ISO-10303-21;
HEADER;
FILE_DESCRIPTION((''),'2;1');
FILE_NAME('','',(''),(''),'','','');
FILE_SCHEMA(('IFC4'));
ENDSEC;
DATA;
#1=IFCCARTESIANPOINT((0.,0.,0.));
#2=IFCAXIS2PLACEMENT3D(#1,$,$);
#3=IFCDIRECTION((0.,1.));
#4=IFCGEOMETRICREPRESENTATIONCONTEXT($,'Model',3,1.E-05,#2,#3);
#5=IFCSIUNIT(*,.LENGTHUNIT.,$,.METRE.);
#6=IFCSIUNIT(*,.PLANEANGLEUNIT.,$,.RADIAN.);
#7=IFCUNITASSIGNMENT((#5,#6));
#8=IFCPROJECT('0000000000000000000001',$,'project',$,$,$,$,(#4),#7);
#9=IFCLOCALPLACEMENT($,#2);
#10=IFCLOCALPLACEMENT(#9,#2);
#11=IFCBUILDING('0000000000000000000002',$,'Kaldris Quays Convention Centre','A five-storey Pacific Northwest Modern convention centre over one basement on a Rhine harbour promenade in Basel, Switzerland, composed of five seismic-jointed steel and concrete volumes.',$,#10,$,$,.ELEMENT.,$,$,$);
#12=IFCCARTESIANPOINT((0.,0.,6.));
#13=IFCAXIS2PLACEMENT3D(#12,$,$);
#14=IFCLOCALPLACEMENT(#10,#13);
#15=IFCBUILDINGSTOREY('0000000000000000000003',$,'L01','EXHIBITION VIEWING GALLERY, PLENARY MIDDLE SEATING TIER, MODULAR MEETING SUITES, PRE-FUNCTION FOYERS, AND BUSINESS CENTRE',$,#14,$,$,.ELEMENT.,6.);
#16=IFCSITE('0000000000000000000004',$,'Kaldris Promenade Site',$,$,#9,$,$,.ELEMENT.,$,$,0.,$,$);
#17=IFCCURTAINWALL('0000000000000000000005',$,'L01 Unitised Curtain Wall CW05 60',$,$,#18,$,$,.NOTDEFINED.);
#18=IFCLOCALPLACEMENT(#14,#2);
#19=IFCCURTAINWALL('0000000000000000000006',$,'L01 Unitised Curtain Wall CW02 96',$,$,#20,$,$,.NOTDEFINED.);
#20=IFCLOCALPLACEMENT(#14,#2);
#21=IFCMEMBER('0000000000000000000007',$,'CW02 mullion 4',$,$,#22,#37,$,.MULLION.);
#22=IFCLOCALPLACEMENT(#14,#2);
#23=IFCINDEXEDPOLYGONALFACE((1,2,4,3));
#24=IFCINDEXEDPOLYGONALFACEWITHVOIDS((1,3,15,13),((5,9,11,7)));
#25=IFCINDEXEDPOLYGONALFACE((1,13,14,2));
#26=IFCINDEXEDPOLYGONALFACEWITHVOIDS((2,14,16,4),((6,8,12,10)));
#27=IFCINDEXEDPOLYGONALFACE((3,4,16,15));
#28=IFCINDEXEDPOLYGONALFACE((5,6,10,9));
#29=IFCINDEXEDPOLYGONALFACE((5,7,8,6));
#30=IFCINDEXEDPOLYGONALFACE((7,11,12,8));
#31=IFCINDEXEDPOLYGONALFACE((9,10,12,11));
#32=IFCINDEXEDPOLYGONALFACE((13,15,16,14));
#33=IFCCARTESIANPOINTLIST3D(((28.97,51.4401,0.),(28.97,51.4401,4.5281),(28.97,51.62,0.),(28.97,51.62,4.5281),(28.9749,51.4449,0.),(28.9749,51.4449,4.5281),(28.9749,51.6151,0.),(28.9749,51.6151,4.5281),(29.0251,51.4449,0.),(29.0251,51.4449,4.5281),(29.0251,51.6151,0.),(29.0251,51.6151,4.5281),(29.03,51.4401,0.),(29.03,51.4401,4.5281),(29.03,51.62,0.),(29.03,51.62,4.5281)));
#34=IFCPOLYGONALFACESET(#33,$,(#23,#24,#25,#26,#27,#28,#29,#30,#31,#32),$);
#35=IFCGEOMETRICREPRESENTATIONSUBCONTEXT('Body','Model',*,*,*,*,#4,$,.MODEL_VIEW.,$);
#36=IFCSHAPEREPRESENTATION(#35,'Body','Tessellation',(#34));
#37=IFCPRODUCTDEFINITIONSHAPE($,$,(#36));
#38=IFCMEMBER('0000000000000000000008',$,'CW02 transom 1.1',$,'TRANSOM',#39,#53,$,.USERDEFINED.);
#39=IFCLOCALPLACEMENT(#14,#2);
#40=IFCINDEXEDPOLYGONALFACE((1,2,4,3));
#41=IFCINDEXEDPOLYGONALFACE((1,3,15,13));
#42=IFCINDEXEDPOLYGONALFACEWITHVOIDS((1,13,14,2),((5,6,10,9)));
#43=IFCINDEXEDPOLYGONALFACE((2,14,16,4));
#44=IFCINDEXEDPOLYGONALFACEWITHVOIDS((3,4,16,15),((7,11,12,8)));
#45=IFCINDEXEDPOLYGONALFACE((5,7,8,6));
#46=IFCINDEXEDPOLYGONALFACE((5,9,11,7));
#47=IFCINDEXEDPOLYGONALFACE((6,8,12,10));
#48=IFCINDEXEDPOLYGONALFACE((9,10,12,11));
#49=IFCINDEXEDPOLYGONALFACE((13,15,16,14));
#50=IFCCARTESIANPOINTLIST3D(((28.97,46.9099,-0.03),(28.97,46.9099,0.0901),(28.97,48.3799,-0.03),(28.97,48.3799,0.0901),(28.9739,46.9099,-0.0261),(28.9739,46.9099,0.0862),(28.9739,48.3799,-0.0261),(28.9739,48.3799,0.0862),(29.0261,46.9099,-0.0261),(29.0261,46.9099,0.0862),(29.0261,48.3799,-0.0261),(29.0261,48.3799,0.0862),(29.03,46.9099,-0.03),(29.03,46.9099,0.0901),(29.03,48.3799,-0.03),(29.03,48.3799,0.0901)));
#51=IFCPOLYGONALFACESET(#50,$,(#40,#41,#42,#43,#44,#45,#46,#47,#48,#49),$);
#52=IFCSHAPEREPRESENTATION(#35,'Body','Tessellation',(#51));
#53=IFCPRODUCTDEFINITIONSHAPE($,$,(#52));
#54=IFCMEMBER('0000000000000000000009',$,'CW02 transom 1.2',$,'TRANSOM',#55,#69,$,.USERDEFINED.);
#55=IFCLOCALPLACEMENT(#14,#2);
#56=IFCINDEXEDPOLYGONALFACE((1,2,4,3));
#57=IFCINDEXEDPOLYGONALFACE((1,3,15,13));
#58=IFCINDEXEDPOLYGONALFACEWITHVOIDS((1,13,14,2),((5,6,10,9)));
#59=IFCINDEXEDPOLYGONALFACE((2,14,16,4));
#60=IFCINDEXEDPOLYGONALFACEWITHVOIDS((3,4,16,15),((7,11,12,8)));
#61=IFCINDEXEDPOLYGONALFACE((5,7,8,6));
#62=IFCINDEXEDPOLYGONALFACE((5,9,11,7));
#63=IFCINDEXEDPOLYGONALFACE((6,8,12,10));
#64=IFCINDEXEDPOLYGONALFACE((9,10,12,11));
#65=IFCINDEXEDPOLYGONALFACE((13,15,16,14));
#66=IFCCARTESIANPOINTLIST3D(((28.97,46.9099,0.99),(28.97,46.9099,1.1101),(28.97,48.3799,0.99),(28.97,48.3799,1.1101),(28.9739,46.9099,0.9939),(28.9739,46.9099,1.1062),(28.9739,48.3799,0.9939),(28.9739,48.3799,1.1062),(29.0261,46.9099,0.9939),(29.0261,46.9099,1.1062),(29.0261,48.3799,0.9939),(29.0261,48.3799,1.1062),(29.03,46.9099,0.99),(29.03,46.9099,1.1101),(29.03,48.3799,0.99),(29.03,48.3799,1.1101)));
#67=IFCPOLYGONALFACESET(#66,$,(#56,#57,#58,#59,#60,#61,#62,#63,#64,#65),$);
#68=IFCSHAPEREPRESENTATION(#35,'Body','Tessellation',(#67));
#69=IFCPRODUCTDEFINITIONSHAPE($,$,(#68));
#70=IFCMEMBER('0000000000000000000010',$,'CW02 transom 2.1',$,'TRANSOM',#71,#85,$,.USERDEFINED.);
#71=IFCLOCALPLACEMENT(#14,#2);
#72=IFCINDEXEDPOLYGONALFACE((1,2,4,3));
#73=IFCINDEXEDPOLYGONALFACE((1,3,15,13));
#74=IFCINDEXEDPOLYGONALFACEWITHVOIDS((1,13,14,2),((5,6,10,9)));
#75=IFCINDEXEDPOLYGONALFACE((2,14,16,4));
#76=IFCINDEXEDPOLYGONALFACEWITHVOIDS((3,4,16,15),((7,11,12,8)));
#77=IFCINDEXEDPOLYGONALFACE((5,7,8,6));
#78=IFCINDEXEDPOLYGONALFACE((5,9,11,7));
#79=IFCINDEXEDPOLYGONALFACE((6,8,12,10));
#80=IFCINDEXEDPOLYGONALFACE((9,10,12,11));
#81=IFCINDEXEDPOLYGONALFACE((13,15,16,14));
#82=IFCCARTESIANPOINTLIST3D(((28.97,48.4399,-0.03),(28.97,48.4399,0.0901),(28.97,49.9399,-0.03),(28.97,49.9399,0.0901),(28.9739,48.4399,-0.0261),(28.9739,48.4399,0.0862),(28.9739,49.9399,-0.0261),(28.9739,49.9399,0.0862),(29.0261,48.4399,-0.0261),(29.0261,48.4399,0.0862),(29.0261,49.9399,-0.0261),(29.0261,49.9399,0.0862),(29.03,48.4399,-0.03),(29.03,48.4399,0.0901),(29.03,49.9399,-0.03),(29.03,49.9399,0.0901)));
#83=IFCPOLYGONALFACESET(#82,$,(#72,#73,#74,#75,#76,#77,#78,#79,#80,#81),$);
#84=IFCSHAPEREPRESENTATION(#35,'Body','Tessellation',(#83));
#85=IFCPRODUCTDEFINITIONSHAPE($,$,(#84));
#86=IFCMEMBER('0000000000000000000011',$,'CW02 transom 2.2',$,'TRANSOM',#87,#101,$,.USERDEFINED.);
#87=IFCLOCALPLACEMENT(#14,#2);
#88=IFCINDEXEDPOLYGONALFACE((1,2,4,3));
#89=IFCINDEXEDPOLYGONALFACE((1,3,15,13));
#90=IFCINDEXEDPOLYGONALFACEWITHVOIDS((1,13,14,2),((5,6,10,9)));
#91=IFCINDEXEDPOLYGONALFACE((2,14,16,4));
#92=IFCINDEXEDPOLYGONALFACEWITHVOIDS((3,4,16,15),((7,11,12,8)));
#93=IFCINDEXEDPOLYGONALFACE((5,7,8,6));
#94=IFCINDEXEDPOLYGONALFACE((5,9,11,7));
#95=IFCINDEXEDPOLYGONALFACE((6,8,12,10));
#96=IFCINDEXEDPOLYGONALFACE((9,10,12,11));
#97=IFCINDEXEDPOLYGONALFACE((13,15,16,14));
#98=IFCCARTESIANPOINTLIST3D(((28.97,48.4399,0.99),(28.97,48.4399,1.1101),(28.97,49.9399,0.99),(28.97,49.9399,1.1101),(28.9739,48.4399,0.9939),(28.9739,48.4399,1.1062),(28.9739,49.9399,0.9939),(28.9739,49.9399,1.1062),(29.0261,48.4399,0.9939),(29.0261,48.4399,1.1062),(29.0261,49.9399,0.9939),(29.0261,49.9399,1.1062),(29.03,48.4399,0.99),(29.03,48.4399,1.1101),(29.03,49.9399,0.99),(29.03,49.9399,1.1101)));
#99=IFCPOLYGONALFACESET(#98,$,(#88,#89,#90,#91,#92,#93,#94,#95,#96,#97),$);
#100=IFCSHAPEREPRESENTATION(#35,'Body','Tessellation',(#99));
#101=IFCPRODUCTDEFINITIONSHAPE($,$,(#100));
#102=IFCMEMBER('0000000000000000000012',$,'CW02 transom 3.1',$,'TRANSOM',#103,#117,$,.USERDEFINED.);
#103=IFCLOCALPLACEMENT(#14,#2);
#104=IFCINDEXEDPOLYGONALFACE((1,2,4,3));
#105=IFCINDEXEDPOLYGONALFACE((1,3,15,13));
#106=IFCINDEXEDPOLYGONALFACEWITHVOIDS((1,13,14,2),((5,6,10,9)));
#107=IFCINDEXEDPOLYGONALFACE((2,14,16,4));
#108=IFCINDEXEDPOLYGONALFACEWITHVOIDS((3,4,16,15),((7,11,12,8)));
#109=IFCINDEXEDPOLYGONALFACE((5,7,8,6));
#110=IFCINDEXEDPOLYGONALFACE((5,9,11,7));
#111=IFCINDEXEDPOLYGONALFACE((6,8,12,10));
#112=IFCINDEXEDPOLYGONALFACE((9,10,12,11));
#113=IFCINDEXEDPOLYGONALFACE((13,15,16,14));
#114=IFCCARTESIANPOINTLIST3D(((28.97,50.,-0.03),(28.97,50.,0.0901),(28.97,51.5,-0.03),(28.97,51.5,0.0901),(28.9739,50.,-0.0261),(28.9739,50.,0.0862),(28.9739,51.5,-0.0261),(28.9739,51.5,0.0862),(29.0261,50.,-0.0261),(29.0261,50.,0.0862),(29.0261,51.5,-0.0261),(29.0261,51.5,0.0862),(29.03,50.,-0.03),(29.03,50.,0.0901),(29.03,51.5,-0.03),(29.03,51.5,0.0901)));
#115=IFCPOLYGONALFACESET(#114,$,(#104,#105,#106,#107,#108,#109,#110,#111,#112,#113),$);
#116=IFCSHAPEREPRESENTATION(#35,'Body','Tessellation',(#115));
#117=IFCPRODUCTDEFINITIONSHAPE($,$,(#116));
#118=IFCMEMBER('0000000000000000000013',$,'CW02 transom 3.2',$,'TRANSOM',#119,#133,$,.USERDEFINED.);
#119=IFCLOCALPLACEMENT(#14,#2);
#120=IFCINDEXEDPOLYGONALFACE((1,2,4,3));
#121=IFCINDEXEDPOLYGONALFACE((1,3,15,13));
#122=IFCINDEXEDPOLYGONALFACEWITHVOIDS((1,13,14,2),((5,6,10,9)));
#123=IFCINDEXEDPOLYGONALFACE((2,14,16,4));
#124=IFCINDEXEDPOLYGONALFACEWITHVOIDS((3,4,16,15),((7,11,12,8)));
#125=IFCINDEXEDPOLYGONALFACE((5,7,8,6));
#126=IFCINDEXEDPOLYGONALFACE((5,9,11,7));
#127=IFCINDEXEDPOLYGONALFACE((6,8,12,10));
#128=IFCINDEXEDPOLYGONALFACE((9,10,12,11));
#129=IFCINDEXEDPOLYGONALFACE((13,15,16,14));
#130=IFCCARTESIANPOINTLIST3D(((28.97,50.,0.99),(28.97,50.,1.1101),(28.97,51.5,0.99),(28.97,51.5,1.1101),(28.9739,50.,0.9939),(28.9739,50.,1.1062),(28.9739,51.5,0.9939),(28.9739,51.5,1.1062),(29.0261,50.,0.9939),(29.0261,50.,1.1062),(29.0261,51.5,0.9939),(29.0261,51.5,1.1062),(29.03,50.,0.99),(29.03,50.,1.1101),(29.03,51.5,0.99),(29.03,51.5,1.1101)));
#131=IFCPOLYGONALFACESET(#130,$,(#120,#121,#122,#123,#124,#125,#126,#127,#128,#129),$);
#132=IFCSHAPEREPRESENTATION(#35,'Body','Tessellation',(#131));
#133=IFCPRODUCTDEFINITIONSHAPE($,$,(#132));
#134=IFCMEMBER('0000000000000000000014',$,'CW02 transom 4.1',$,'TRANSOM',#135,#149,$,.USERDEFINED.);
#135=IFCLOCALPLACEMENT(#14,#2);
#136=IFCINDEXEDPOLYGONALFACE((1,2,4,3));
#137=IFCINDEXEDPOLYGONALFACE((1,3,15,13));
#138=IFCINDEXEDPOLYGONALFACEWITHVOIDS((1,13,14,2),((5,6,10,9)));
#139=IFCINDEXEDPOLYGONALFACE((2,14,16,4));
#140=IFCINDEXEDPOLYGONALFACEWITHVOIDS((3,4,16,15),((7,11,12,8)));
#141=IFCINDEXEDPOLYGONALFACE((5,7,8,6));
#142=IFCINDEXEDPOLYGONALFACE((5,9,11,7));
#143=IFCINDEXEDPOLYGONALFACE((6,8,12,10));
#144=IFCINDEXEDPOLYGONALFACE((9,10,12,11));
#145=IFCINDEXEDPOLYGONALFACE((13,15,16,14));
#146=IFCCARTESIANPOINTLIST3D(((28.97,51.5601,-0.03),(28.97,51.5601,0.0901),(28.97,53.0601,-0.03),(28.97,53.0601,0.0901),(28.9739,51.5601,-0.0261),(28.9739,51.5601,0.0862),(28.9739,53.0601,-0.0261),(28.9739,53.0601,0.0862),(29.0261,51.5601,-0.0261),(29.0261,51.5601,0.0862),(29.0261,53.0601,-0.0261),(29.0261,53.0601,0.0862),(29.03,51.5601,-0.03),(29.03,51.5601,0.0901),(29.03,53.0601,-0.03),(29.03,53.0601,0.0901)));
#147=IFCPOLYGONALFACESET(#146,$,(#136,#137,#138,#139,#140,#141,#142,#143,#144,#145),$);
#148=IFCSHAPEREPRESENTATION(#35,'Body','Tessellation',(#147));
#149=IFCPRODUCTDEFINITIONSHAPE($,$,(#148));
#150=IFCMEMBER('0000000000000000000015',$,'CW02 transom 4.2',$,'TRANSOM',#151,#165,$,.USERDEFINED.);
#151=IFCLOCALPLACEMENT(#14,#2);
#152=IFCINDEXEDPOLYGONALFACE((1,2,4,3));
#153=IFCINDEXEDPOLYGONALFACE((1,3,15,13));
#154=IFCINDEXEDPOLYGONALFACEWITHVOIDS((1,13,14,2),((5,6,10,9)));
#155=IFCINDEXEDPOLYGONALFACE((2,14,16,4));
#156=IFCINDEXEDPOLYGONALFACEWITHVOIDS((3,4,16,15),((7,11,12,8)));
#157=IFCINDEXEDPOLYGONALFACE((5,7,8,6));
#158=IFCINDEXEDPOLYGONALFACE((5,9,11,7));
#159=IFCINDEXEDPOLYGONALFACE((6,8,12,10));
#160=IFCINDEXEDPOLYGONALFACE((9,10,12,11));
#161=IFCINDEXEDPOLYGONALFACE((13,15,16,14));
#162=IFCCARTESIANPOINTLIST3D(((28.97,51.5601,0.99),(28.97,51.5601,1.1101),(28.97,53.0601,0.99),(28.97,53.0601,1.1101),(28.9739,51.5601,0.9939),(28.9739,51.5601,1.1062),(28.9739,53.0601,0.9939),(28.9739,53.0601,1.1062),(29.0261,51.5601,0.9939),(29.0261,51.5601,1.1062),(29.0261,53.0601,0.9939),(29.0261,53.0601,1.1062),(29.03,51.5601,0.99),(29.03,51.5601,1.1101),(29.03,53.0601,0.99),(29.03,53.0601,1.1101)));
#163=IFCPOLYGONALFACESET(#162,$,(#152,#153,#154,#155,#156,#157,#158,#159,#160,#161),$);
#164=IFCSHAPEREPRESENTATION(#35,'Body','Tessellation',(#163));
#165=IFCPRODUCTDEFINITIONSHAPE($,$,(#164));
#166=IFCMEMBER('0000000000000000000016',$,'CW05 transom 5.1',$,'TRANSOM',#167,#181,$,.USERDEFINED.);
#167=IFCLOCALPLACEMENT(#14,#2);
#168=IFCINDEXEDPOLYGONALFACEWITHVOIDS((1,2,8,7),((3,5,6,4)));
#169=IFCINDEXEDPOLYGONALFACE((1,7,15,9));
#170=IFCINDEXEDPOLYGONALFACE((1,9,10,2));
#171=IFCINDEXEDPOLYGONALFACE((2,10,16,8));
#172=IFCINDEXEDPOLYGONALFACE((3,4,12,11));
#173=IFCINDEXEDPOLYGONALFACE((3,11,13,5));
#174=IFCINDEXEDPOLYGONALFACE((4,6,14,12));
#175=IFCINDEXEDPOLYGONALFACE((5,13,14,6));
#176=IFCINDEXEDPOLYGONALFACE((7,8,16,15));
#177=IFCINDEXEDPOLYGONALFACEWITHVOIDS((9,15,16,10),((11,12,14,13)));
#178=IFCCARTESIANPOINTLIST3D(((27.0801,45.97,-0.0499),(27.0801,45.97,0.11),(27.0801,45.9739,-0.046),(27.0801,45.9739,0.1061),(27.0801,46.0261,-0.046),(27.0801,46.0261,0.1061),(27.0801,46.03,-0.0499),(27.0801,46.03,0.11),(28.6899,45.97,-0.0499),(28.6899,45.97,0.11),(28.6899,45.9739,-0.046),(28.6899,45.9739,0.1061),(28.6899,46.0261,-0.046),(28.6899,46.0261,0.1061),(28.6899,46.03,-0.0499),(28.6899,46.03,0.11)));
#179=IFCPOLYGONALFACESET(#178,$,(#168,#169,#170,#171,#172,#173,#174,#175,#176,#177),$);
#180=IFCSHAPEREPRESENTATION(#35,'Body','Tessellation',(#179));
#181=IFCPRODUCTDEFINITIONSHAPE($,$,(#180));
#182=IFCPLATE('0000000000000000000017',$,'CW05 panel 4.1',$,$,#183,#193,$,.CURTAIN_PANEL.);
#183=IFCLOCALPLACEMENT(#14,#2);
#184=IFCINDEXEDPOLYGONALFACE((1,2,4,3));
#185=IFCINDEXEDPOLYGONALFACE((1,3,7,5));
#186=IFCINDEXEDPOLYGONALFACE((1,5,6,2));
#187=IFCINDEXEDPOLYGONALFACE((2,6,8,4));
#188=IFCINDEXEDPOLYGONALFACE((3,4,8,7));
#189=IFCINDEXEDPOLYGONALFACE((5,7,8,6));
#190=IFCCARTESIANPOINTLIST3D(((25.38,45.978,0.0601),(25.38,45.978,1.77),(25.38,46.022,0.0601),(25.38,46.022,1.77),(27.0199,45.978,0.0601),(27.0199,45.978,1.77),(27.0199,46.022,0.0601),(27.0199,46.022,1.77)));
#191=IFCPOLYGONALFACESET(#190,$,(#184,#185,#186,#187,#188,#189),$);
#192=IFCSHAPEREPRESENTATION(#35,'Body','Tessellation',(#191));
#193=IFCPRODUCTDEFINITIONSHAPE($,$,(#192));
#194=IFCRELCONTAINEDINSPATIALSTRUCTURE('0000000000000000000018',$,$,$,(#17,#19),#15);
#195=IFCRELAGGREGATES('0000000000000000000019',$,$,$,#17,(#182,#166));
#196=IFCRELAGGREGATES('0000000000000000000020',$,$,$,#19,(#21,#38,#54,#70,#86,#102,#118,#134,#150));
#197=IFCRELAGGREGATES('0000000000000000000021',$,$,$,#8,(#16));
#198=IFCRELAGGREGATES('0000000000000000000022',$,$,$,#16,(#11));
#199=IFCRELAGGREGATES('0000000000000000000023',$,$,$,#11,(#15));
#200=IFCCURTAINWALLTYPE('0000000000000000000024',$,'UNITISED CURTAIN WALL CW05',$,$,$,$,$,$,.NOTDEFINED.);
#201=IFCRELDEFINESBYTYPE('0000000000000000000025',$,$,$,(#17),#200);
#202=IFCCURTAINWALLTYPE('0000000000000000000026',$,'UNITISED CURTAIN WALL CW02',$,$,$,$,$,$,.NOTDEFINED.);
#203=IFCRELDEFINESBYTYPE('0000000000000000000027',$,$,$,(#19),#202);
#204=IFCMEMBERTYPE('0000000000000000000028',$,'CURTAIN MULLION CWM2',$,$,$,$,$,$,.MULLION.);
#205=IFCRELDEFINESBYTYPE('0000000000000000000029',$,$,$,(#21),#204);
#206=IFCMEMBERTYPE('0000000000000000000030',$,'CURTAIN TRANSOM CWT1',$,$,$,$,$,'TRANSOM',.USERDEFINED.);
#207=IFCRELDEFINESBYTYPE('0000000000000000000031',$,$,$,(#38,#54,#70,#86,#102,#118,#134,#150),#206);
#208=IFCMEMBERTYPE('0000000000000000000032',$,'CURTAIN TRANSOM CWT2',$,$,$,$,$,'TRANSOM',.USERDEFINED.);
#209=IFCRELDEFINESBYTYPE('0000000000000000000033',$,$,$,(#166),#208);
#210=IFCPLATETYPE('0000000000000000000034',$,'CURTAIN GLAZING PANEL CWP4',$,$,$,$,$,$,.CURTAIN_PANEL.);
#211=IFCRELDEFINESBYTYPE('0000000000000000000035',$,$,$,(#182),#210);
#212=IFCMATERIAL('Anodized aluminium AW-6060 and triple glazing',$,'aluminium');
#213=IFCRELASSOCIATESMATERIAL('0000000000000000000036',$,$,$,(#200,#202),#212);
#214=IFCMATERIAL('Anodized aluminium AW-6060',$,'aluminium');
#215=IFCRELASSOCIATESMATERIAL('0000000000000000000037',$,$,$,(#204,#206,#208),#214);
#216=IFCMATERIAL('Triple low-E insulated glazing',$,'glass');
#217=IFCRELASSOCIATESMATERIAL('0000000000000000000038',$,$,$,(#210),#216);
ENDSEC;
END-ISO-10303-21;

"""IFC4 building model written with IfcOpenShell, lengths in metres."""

from ifc_helpers import new_model, si_unit, direction, frame, origin, origin_2d, place, context, subcontext, project, spatial, rectangle, hollow_rectangle, extrude, material, material_profile, profile_set, type_object, element, aggregate, save


model = new_model("IFC4")

# Units and contexts
model_context = context("Model", 3, precision=1e-05, world=origin(), true_north=direction((0.0, 1.0)))
body_context = subcontext(model_context, "Body", "Model", "MODEL_VIEW")
ifc_project = project(units=[si_unit("LENGTHUNIT", "METRE"), si_unit("PLANEANGLEUNIT", "RADIAN")], contexts=[model_context])

# Site, building, storey
site_placement = place(None, origin())
site = spatial("IfcSite", under=ifc_project, at=site_placement, Name="Kaldris Promenade Site", CompositionType="ELEMENT", RefElevation=0.0)
building_placement = place(site_placement, origin())
building = spatial("IfcBuilding", under=site, at=building_placement, Name="Kaldris Quays Convention Centre", Description="A five-storey Pacific Northwest Modern convention centre over one basement on a Rhine harbour promenade in Basel, Switzerland, composed of five seismic-jointed steel and concrete volumes.", CompositionType="ELEMENT")
storey_placement = place(building_placement, frame((0.0, 0.0, 6.0)))
storey = spatial("IfcBuildingStorey", under=building, at=storey_placement, Name="L01", Description="EXHIBITION VIEWING GALLERY, PLENARY MIDDLE SEATING TIER, MODULAR MEETING SUITES, PRE-FUNCTION FOYERS, AND BUSINESS CENTRE", CompositionType="ELEMENT", Elevation=6.0)

# Curtain walls, members
ifc_material_1 = material(Name="Anodized aluminium AW-6060 and triple glazing", Category="aluminium")
curtain_wall_type_1 = type_object("IfcCurtainWallType", Name="UNITISED CURTAIN WALL CW05", PredefinedType="NOTDEFINED", material=ifc_material_1)
curtain_wall_1_placement = place(storey_placement, origin())
curtain_wall_1 = element("IfcCurtainWall", 1, at=curtain_wall_1_placement, inside=storey, type_object=curtain_wall_type_1, Name="L01 Unitised Curtain Wall CW05 60", PredefinedType="NOTDEFINED")
ifc_material_2 = material(Name="Anodized aluminium AW-6060", Category="aluminium")
curtain_wall_type_2 = type_object("IfcCurtainWallType", Name="UNITISED CURTAIN WALL CW02", PredefinedType="NOTDEFINED", material=ifc_material_1)
curtain_wall_2_placement = place(storey_placement, origin())
curtain_wall_2 = element("IfcCurtainWall", 2, at=curtain_wall_2_placement, inside=storey, type_object=curtain_wall_type_2, Name="L01 Unitised Curtain Wall CW02 96", PredefinedType="NOTDEFINED")
ifc_material_profile_1 = material_profile(ifc_material_2, hollow_rectangle(XDim=0.0601, YDim=0.1799, WallThickness=0.0049, at=origin_2d()), Name="RHS 180x60x5")
ifc_profile_set_1 = profile_set([ifc_material_profile_1], Name="Anodized aluminium AW-6060")
member_type_1 = type_object("IfcMemberType", Name="CURTAIN MULLION CWM2", PredefinedType="MULLION", material=ifc_profile_set_1)
member_1_placement = place(storey_placement, frame((29.0, 51.53, 0.0), z_axis=(0.0, 0.0, 1.0), x_axis=(-1.0, 0.0, 0.0)))
member_1 = element("IfcMember", 3, at=member_1_placement, type_object=member_type_1, Name="CW02 mullion 4", PredefinedType="MULLION", context=body_context, shape_type="SweptSolid", body=[
    extrude(hollow_rectangle(XDim=0.0601, YDim=0.1799, WallThickness=0.0049, at=origin_2d()), origin(), (0.0, 0.0, 1.0), 4.5281),
])
ifc_material_profile_2 = material_profile(ifc_material_2, hollow_rectangle(XDim=0.0601, YDim=0.1201, WallThickness=0.0039, at=origin_2d()), Name="RHS 120x60x4")
ifc_profile_set_2 = profile_set([ifc_material_profile_2], Name="Anodized aluminium AW-6060")
member_type_2 = type_object("IfcMemberType", Name="CURTAIN TRANSOM CWT1", ElementType="TRANSOM", PredefinedType="USERDEFINED", material=ifc_profile_set_2)
member_2_placement = place(storey_placement, frame((29.0, 46.9099, 0.03), z_axis=(0.0, 1.0, 0.0), x_axis=(-1.0, 0.0, 0.0)))
member_2 = element("IfcMember", 4, at=member_2_placement, type_object=member_type_2, Name="CW02 transom 1.1", ObjectType="TRANSOM", PredefinedType="USERDEFINED", context=body_context, shape_type="SweptSolid", body=[
    extrude(hollow_rectangle(XDim=0.0601, YDim=0.1201, WallThickness=0.0039, at=origin_2d()), origin(), (0.0, 0.0, 1.0), 1.47),
])
member_3_placement = place(storey_placement, frame((29.0, 46.9099, 1.05), z_axis=(0.0, 1.0, 0.0), x_axis=(-1.0, 0.0, 0.0)))
member_3 = element("IfcMember", 5, at=member_3_placement, type_object=member_type_2, Name="CW02 transom 1.2", ObjectType="TRANSOM", PredefinedType="USERDEFINED", context=body_context, shape_type="SweptSolid", body=[
    extrude(hollow_rectangle(XDim=0.0601, YDim=0.1201, WallThickness=0.0039, at=origin_2d()), origin(), (0.0, 0.0, 1.0), 1.47),
])
member_4_placement = place(storey_placement, frame((29.0, 48.4399, 0.03), z_axis=(0.0, 1.0, 0.0), x_axis=(-1.0, 0.0, 0.0)))
member_4 = element("IfcMember", 6, at=member_4_placement, type_object=member_type_2, Name="CW02 transom 2.1", ObjectType="TRANSOM", PredefinedType="USERDEFINED", context=body_context, shape_type="SweptSolid", body=[
    extrude(hollow_rectangle(XDim=0.0601, YDim=0.1201, WallThickness=0.0039, at=origin_2d()), origin(), (0.0, 0.0, 1.0), 1.5),
])
member_5_placement = place(storey_placement, frame((29.0, 48.4399, 1.05), z_axis=(0.0, 1.0, 0.0), x_axis=(-1.0, 0.0, 0.0)))
member_5 = element("IfcMember", 7, at=member_5_placement, type_object=member_type_2, Name="CW02 transom 2.2", ObjectType="TRANSOM", PredefinedType="USERDEFINED", context=body_context, shape_type="SweptSolid", body=[
    extrude(hollow_rectangle(XDim=0.0601, YDim=0.1201, WallThickness=0.0039, at=origin_2d()), origin(), (0.0, 0.0, 1.0), 1.5),
])
member_6_placement = place(storey_placement, frame((29.0, 50.0, 0.03), z_axis=(0.0, 1.0, 0.0), x_axis=(-1.0, 0.0, 0.0)))
member_6 = element("IfcMember", 8, at=member_6_placement, type_object=member_type_2, Name="CW02 transom 3.1", ObjectType="TRANSOM", PredefinedType="USERDEFINED", context=body_context, shape_type="SweptSolid", body=[
    extrude(hollow_rectangle(XDim=0.0601, YDim=0.1201, WallThickness=0.0039, at=origin_2d()), origin(), (0.0, 0.0, 1.0), 1.5),
])
member_7_placement = place(storey_placement, frame((29.0, 50.0, 1.05), z_axis=(0.0, 1.0, 0.0), x_axis=(-1.0, 0.0, 0.0)))
member_7 = element("IfcMember", 9, at=member_7_placement, type_object=member_type_2, Name="CW02 transom 3.2", ObjectType="TRANSOM", PredefinedType="USERDEFINED", context=body_context, shape_type="SweptSolid", body=[
    extrude(hollow_rectangle(XDim=0.0601, YDim=0.1201, WallThickness=0.0039, at=origin_2d()), origin(), (0.0, 0.0, 1.0), 1.5),
])
member_8_placement = place(storey_placement, frame((29.0, 51.5601, 0.03), z_axis=(0.0, 1.0, 0.0), x_axis=(-1.0, 0.0, 0.0)))
member_8 = element("IfcMember", 10, at=member_8_placement, type_object=member_type_2, Name="CW02 transom 4.1", ObjectType="TRANSOM", PredefinedType="USERDEFINED", context=body_context, shape_type="SweptSolid", body=[
    extrude(hollow_rectangle(XDim=0.0601, YDim=0.1201, WallThickness=0.0039, at=origin_2d()), origin(), (0.0, 0.0, 1.0), 1.5),
])
member_9_placement = place(storey_placement, frame((29.0, 51.5601, 1.05), z_axis=(0.0, 1.0, 0.0), x_axis=(-1.0, 0.0, 0.0)))
member_9 = element("IfcMember", 11, at=member_9_placement, type_object=member_type_2, Name="CW02 transom 4.2", ObjectType="TRANSOM", PredefinedType="USERDEFINED", context=body_context, shape_type="SweptSolid", body=[
    extrude(hollow_rectangle(XDim=0.0601, YDim=0.1201, WallThickness=0.0039, at=origin_2d()), origin(), (0.0, 0.0, 1.0), 1.5),
])

# Member
ifc_material_profile_3 = material_profile(ifc_material_2, hollow_rectangle(XDim=0.0601, YDim=0.1599, WallThickness=0.0039, at=origin_2d()), Name="RHS 160x60x4")
ifc_profile_set_3 = profile_set([ifc_material_profile_3], Name="Anodized aluminium AW-6060")
member_type_3 = type_object("IfcMemberType", Name="CURTAIN TRANSOM CWT2", ElementType="TRANSOM", PredefinedType="USERDEFINED", material=ifc_profile_set_3)
member_10_placement = place(storey_placement, frame((27.0801, 46.0, 0.03), z_axis=(1.0, 0.0, 0.0), x_axis=(0.0, 1.0, 0.0)))
member_10 = element("IfcMember", 12, at=member_10_placement, type_object=member_type_3, Name="CW05 transom 5.1", ObjectType="TRANSOM", PredefinedType="USERDEFINED", context=body_context, shape_type="SweptSolid", body=[
    extrude(hollow_rectangle(XDim=0.0601, YDim=0.1599, WallThickness=0.0039, at=origin_2d()), origin(), (0.0, 0.0, 1.0), 1.6099),
])

# Plate
ifc_material_3 = material(Name="Triple low-E insulated glazing", Category="glass")
plate_type_1 = type_object("IfcPlateType", Name="CURTAIN GLAZING PANEL CWP4", PredefinedType="CURTAIN_PANEL", material=ifc_material_3)
plate_1_placement = place(storey_placement, frame((26.2, 46.0, 0.0601), z_axis=(0.0, 0.0, 1.0), x_axis=(1.0, 0.0, 0.0)))
plate_1 = element("IfcPlate", 13, at=plate_1_placement, type_object=plate_type_1, Name="CW05 panel 4.1", PredefinedType="CURTAIN_PANEL", context=body_context, shape_type="SweptSolid", body=[
    extrude(rectangle(XDim=1.6399, YDim=0.0439, at=origin_2d()), origin(), (0.0, 0.0, 1.0), 1.71),
])
aggregate(curtain_wall_1, [plate_1, member_10])
aggregate(curtain_wall_2, [member_1, member_2, member_3, member_4, member_5, member_6, member_7, member_8, member_9])

save(model, "model.ifc")
